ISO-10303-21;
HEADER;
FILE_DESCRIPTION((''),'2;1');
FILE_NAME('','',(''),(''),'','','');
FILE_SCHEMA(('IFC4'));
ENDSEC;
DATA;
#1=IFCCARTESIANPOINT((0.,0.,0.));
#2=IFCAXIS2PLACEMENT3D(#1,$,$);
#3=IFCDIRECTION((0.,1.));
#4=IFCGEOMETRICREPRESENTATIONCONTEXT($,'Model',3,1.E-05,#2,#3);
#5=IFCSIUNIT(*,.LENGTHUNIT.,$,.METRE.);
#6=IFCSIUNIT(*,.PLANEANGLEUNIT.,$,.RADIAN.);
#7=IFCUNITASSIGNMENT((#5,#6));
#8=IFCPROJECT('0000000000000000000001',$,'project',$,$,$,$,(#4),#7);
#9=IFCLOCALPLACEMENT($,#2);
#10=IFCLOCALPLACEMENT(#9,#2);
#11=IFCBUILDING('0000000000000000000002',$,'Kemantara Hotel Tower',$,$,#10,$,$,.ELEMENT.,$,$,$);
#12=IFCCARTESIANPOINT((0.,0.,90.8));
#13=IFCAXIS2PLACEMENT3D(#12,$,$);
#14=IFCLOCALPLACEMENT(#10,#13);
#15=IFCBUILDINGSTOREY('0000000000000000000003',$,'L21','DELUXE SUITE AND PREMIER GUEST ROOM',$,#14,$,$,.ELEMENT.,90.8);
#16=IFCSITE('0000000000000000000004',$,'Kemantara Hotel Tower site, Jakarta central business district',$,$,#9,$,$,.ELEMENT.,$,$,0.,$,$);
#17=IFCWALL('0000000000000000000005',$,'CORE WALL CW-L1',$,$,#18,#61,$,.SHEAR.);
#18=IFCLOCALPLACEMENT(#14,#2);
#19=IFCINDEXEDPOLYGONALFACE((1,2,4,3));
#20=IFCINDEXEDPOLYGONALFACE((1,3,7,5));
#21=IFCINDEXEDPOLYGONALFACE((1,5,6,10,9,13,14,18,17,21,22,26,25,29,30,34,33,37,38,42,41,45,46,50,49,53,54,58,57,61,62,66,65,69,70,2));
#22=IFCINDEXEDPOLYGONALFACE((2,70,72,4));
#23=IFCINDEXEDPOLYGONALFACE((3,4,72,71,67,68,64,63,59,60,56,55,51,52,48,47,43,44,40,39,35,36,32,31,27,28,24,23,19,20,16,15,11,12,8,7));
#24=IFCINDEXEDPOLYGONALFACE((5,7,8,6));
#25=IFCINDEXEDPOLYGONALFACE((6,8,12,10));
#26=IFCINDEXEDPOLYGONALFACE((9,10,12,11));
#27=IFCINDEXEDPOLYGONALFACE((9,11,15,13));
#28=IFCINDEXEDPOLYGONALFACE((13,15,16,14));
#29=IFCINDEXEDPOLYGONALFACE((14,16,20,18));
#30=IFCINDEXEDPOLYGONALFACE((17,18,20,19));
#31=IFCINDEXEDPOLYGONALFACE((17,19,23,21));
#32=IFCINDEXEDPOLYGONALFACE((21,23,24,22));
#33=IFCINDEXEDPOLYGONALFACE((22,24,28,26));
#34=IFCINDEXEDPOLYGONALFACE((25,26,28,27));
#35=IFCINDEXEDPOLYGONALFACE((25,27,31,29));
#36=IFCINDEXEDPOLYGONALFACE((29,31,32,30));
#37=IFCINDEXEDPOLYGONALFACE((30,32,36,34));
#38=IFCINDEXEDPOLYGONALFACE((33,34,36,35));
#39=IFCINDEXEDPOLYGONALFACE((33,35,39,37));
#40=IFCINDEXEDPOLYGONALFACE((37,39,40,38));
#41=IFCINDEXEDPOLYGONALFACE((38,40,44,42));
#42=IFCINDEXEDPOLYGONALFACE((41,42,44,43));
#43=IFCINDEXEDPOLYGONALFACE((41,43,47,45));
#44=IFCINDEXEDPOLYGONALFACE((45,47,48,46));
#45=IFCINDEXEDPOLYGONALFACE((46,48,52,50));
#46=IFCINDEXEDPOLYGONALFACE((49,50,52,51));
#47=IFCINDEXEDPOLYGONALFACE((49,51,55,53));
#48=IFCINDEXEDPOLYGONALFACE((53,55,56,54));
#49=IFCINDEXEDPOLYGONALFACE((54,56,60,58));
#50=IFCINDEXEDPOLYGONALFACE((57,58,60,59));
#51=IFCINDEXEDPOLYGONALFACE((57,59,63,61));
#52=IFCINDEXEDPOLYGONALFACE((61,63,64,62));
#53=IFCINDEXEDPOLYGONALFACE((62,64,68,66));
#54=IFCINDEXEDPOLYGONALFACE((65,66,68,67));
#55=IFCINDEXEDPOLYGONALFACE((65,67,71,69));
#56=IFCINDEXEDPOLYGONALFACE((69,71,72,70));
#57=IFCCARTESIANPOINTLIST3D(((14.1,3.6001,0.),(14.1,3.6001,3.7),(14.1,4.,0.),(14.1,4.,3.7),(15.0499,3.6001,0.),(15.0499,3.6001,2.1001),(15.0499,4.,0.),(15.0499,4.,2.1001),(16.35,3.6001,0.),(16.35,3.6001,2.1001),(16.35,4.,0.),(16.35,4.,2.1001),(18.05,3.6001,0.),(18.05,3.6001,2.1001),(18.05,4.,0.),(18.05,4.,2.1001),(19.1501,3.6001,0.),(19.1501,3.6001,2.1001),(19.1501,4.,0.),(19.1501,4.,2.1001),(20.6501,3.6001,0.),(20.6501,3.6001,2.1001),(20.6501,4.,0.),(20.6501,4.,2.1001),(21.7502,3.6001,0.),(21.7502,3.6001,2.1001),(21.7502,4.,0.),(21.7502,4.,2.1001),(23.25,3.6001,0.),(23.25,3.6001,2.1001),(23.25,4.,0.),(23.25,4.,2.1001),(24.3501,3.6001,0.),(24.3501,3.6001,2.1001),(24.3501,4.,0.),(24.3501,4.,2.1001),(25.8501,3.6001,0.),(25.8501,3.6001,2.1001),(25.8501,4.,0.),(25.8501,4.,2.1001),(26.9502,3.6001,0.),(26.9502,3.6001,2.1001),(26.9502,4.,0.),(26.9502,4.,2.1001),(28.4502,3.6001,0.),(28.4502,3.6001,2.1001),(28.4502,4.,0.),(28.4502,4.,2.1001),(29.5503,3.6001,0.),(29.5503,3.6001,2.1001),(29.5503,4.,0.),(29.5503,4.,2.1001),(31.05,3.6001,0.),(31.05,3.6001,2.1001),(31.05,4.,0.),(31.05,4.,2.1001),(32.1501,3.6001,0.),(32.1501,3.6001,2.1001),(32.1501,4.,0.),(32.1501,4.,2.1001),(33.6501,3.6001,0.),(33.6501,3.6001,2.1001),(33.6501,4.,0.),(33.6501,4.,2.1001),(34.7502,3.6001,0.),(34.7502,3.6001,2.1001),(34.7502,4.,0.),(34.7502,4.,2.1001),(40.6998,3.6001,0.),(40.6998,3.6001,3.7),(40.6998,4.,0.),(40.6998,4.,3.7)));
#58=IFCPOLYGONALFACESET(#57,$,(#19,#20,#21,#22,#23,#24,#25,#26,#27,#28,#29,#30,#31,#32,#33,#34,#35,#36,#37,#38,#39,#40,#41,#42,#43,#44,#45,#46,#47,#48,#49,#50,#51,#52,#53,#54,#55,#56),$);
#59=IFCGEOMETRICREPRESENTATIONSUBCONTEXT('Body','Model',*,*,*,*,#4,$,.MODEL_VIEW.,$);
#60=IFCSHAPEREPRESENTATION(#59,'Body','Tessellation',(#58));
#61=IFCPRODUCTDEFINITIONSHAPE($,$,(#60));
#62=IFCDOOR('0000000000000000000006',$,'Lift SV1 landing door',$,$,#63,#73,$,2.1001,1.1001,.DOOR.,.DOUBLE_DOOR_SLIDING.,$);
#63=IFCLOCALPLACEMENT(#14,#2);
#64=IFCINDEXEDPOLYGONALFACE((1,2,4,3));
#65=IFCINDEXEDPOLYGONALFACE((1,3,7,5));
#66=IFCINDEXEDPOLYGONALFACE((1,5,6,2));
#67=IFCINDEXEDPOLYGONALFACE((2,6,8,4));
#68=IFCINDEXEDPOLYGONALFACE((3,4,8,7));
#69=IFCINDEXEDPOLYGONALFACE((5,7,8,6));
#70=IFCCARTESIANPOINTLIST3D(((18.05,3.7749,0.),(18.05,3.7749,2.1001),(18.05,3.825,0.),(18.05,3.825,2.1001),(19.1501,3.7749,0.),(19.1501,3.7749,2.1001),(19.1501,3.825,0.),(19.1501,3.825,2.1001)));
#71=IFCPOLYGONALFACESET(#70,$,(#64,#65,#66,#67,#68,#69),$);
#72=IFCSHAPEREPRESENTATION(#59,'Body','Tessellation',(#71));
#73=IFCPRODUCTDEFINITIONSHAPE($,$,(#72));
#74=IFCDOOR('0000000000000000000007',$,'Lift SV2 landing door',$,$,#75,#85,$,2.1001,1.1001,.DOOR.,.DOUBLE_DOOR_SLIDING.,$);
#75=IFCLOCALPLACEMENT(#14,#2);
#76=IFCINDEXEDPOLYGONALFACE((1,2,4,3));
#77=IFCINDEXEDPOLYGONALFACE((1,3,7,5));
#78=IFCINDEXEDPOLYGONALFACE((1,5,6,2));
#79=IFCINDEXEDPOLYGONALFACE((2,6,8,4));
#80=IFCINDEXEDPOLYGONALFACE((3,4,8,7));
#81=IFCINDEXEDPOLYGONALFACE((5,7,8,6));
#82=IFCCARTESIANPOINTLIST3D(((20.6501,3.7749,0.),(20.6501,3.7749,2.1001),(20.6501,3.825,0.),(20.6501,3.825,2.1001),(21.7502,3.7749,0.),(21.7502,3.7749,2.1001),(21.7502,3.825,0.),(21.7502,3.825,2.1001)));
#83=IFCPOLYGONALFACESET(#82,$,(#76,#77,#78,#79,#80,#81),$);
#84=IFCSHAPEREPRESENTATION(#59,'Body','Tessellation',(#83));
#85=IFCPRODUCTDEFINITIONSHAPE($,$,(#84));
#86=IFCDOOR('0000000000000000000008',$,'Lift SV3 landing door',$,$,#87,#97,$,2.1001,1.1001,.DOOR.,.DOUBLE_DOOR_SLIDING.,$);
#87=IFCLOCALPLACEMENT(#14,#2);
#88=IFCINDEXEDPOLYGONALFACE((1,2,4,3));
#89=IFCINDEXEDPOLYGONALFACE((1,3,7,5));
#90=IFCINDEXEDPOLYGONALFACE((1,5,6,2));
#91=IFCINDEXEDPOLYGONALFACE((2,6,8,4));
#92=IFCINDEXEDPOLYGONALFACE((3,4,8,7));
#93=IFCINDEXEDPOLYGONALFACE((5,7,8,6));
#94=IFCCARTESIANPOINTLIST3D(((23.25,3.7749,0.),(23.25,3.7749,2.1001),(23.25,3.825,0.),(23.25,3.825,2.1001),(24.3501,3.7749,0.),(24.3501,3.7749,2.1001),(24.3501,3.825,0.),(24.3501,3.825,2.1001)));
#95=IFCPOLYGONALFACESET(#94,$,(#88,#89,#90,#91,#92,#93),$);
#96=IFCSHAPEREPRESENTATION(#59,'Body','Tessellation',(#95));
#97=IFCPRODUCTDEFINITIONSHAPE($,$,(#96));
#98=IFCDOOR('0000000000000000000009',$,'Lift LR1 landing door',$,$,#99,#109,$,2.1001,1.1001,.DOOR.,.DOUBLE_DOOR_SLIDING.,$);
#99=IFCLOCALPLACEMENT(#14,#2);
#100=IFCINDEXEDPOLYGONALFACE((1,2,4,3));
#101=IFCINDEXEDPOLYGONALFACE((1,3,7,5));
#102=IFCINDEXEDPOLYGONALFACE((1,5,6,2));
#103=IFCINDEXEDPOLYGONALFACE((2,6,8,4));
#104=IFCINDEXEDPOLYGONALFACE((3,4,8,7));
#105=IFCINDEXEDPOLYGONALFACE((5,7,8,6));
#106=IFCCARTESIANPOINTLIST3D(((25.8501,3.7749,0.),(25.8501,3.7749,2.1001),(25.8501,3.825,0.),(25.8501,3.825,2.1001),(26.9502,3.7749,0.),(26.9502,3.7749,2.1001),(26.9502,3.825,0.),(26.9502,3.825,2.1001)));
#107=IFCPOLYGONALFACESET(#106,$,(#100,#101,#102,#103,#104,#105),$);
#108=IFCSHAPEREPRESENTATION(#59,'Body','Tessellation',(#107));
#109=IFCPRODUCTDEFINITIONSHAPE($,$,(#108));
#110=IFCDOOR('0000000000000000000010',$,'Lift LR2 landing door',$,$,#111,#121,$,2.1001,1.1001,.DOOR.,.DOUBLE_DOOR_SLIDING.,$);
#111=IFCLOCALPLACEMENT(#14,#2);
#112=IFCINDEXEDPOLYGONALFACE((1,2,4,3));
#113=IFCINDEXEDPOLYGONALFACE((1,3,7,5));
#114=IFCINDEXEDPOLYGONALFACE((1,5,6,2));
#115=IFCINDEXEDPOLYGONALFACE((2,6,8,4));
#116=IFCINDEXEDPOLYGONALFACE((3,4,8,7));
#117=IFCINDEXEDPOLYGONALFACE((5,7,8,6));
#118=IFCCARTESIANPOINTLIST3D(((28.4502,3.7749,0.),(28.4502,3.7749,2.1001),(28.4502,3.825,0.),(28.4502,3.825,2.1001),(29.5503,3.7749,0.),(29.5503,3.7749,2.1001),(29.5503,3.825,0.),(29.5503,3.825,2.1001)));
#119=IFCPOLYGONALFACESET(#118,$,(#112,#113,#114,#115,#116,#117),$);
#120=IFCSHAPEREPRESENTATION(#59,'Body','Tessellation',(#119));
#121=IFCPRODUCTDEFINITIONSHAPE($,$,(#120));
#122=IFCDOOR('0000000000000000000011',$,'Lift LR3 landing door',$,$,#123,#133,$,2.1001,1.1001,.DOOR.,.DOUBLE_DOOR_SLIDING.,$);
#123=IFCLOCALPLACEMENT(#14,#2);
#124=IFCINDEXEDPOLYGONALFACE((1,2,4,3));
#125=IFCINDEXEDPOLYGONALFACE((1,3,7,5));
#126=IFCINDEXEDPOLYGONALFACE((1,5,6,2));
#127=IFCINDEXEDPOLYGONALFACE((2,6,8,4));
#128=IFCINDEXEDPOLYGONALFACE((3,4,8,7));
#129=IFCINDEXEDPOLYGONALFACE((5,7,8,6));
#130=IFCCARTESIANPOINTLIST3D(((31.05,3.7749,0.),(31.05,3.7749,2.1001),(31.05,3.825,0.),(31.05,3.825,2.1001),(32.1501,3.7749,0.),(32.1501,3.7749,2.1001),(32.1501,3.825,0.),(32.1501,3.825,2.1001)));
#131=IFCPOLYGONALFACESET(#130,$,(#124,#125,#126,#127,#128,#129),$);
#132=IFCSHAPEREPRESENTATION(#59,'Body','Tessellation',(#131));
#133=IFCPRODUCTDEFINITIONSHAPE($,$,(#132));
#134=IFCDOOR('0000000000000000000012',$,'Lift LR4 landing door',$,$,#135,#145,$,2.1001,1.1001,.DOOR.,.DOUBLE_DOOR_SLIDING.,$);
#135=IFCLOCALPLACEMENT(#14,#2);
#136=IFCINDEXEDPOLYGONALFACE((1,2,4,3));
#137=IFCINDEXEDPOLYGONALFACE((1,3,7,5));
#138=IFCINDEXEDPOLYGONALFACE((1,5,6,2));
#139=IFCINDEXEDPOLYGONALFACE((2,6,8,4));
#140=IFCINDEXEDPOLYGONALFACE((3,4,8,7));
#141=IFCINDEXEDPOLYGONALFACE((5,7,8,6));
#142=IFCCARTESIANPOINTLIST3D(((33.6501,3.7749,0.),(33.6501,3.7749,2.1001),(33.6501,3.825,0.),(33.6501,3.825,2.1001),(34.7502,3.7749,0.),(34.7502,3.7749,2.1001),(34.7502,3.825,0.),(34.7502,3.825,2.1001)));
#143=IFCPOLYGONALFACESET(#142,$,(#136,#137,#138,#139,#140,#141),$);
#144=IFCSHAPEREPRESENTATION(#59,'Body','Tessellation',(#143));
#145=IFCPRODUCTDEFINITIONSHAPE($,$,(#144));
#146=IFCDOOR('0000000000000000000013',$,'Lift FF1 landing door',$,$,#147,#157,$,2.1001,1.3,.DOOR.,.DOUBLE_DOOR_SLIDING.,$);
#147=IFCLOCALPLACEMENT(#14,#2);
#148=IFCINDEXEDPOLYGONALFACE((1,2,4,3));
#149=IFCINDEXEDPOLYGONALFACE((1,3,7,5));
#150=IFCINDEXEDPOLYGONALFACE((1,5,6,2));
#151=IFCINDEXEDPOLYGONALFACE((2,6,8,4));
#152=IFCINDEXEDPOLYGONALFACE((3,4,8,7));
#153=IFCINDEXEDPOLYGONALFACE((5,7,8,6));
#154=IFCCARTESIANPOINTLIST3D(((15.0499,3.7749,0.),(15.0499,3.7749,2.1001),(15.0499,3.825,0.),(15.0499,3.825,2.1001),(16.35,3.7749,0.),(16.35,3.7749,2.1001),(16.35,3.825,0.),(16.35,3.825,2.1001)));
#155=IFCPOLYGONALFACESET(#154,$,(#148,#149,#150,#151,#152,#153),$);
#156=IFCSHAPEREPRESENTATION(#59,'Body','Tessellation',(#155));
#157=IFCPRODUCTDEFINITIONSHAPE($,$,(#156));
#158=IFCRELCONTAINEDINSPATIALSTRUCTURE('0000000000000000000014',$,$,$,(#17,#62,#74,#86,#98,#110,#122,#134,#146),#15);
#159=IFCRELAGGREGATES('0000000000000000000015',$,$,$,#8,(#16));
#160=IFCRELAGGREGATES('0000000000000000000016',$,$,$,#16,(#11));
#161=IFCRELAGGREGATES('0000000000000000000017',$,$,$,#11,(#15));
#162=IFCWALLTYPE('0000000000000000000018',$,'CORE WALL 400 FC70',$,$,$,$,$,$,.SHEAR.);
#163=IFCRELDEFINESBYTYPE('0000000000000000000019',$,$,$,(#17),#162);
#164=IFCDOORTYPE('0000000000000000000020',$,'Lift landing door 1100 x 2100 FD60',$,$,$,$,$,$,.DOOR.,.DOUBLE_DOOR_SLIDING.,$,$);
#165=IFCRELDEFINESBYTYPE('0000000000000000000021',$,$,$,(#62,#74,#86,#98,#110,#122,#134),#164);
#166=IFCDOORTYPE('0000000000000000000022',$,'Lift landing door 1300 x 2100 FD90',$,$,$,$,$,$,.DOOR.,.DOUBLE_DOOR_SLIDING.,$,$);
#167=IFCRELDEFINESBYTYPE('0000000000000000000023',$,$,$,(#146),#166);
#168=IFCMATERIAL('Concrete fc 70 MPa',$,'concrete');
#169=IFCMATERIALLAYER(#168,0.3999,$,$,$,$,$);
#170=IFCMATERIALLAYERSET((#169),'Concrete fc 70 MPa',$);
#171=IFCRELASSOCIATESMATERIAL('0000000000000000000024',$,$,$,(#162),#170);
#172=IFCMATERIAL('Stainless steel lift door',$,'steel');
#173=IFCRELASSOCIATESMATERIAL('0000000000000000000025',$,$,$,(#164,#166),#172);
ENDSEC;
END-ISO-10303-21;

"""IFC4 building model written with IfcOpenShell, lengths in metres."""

from ifc_helpers import new_model, si_unit, direction, frame, frame_2d, origin, place, context, subcontext, project, spatial, rectangle, extrude, material, layer, layer_set, type_object, element, fill, save


model = new_model("IFC4")

# Units and contexts
model_context = context("Model", 3, precision=1e-05, world=origin(), true_north=direction((0.0, 1.0)))
body_context = subcontext(model_context, "Body", "Model", "MODEL_VIEW")
ifc_project = project(units=[si_unit("LENGTHUNIT", "METRE"), si_unit("PLANEANGLEUNIT", "RADIAN")], contexts=[model_context])

# Site, building, storey
site_placement = place(None, origin())
site = spatial("IfcSite", under=ifc_project, at=site_placement, Name="Kemantara Hotel Tower site, Jakarta central business district", CompositionType="ELEMENT", RefElevation=0.0)
building_placement = place(site_placement, origin())
building = spatial("IfcBuilding", under=site, at=building_placement, Name="Kemantara Hotel Tower", CompositionType="ELEMENT")
storey_placement = place(building_placement, frame((0.0, 0.0, 90.8)))
storey = spatial("IfcBuildingStorey", under=building, at=storey_placement, Name="L21", Description="DELUXE SUITE AND PREMIER GUEST ROOM", CompositionType="ELEMENT", Elevation=90.8)

# Wall, openings, doors
ifc_material_1 = material(Name="Concrete fc 70 MPa", Category="concrete")
ifc_layer_1 = layer(ifc_material_1, 0.3999)
ifc_layer_set_1 = layer_set([ifc_layer_1], Name="Concrete fc 70 MPa")
wall_type_1 = type_object("IfcWallType", Name="CORE WALL 400 FC70", PredefinedType="SHEAR", material=ifc_layer_set_1)
wall_1_placement = place(storey_placement, frame((14.1001, 3.8, 0.0), z_axis=(0.0, 0.0, 1.0), x_axis=(1.0, 0.0, 0.0)))
wall_1 = element("IfcWall", 1, at=wall_1_placement, inside=storey, type_object=wall_type_1, Name="CORE WALL CW-L1", PredefinedType="SHEAR", context=body_context, shape_type="SweptSolid", body=[
    extrude(rectangle(XDim=26.5999, YDim=0.3999, at=frame_2d((13.2998, 0.0))), origin(), (0.0, 0.0, 1.0), 3.7),
])
opening_1_placement = place(wall_1_placement, frame((0.95, 0.0, 0.0)))
opening_1 = element("IfcOpeningElement", 2, at=opening_1_placement, cuts=wall_1, PredefinedType="OPENING", context=body_context, shape_type="SweptSolid", body=[
    extrude(rectangle(XDim=1.3, YDim=2.1001, at=frame_2d((0.6499, 1.05))), frame((0.0, 0.21, 0.0), z_axis=(0.0, -1.0, 0.0), x_axis=(1.0, 0.0, 0.0)), (0.0, 0.0, 1.0), 0.4199),
])
opening_2_placement = place(wall_1_placement, frame((3.95, 0.0, 0.0)))
opening_2 = element("IfcOpeningElement", 3, at=opening_2_placement, cuts=wall_1, PredefinedType="OPENING", context=body_context, shape_type="SweptSolid", body=[
    extrude(rectangle(XDim=1.1001, YDim=2.1001, at=frame_2d((0.55, 1.05))), frame((0.0, 0.21, 0.0), z_axis=(0.0, -1.0, 0.0), x_axis=(1.0, 0.0, 0.0)), (0.0, 0.0, 1.0), 0.4199),
])
opening_3_placement = place(wall_1_placement, frame((6.55, 0.0, 0.0)))
opening_3 = element("IfcOpeningElement", 4, at=opening_3_placement, cuts=wall_1, PredefinedType="OPENING", context=body_context, shape_type="SweptSolid", body=[
    extrude(rectangle(XDim=1.1001, YDim=2.1001, at=frame_2d((0.55, 1.05))), frame((0.0, 0.21, 0.0), z_axis=(0.0, -1.0, 0.0), x_axis=(1.0, 0.0, 0.0)), (0.0, 0.0, 1.0), 0.4199),
])
opening_4_placement = place(wall_1_placement, frame((9.1499, 0.0, 0.0)))
opening_4 = element("IfcOpeningElement", 5, at=opening_4_placement, cuts=wall_1, PredefinedType="OPENING", context=body_context, shape_type="SweptSolid", body=[
    extrude(rectangle(XDim=1.1001, YDim=2.1001, at=frame_2d((0.55, 1.05))), frame((0.0, 0.21, 0.0), z_axis=(0.0, -1.0, 0.0), x_axis=(1.0, 0.0, 0.0)), (0.0, 0.0, 1.0), 0.4199),
])
opening_5_placement = place(wall_1_placement, frame((11.75, 0.0, 0.0)))
opening_5 = element("IfcOpeningElement", 6, at=opening_5_placement, cuts=wall_1, PredefinedType="OPENING", context=body_context, shape_type="SweptSolid", body=[
    extrude(rectangle(XDim=1.1001, YDim=2.1001, at=frame_2d((0.55, 1.05))), frame((0.0, 0.21, 0.0), z_axis=(0.0, -1.0, 0.0), x_axis=(1.0, 0.0, 0.0)), (0.0, 0.0, 1.0), 0.4199),
])
opening_6_placement = place(wall_1_placement, frame((14.3501, 0.0, 0.0)))
opening_6 = element("IfcOpeningElement", 7, at=opening_6_placement, cuts=wall_1, PredefinedType="OPENING", context=body_context, shape_type="SweptSolid", body=[
    extrude(rectangle(XDim=1.1001, YDim=2.1001, at=frame_2d((0.55, 1.05))), frame((0.0, 0.21, 0.0), z_axis=(0.0, -1.0, 0.0), x_axis=(1.0, 0.0, 0.0)), (0.0, 0.0, 1.0), 0.4199),
])
opening_7_placement = place(wall_1_placement, frame((16.95, 0.0, 0.0)))
opening_7 = element("IfcOpeningElement", 8, at=opening_7_placement, cuts=wall_1, PredefinedType="OPENING", context=body_context, shape_type="SweptSolid", body=[
    extrude(rectangle(XDim=1.1001, YDim=2.1001, at=frame_2d((0.55, 1.05))), frame((0.0, 0.21, 0.0), z_axis=(0.0, -1.0, 0.0), x_axis=(1.0, 0.0, 0.0)), (0.0, 0.0, 1.0), 0.4199),
])
opening_8_placement = place(wall_1_placement, frame((19.55, 0.0, 0.0)))
opening_8 = element("IfcOpeningElement", 9, at=opening_8_placement, cuts=wall_1, PredefinedType="OPENING", context=body_context, shape_type="SweptSolid", body=[
    extrude(rectangle(XDim=1.1001, YDim=2.1001, at=frame_2d((0.55, 1.05))), frame((0.0, 0.21, 0.0), z_axis=(0.0, -1.0, 0.0), x_axis=(1.0, 0.0, 0.0)), (0.0, 0.0, 1.0), 0.4199),
])
ifc_material_2 = material(Name="Stainless steel lift door", Category="steel")
door_type_1 = type_object("IfcDoorType", Name="Lift landing door 1100 x 2100 FD60", OperationType="DOUBLE_DOOR_SLIDING", PredefinedType="DOOR", material=ifc_material_2)
door_1_placement = place(opening_2_placement, origin())
door_1 = element("IfcDoor", 10, at=door_1_placement, inside=storey, type_object=door_type_1, Name="Lift SV1 landing door", OperationType="DOUBLE_DOOR_SLIDING", OverallHeight=2.1001, OverallWidth=1.1001, PredefinedType="DOOR", context=body_context, shape_type="SweptSolid", body=[
    extrude(rectangle(XDim=1.1001, YDim=2.1001, at=frame_2d((0.55, 1.05))), frame((0.0, 0.0249, 0.0), z_axis=(0.0, -1.0, 0.0), x_axis=(1.0, 0.0, 0.0)), (0.0, 0.0, 1.0), 0.05),
])
fill(opening_2, door_1)
door_2_placement = place(opening_3_placement, origin())
door_2 = element("IfcDoor", 11, at=door_2_placement, inside=storey, type_object=door_type_1, Name="Lift SV2 landing door", OperationType="DOUBLE_DOOR_SLIDING", OverallHeight=2.1001, OverallWidth=1.1001, PredefinedType="DOOR", context=body_context, shape_type="SweptSolid", body=[
    extrude(rectangle(XDim=1.1001, YDim=2.1001, at=frame_2d((0.55, 1.05))), frame((0.0, 0.0249, 0.0), z_axis=(0.0, -1.0, 0.0), x_axis=(1.0, 0.0, 0.0)), (0.0, 0.0, 1.0), 0.05),
])
fill(opening_3, door_2)
door_3_placement = place(opening_4_placement, origin())
door_3 = element("IfcDoor", 12, at=door_3_placement, inside=storey, type_object=door_type_1, Name="Lift SV3 landing door", OperationType="DOUBLE_DOOR_SLIDING", OverallHeight=2.1001, OverallWidth=1.1001, PredefinedType="DOOR", context=body_context, shape_type="SweptSolid", body=[
    extrude(rectangle(XDim=1.1001, YDim=2.1001, at=frame_2d((0.55, 1.05))), frame((0.0, 0.0249, 0.0), z_axis=(0.0, -1.0, 0.0), x_axis=(1.0, 0.0, 0.0)), (0.0, 0.0, 1.0), 0.05),
])
fill(opening_4, door_3)
door_4_placement = place(opening_5_placement, origin())
door_4 = element("IfcDoor", 13, at=door_4_placement, inside=storey, type_object=door_type_1, Name="Lift LR1 landing door", OperationType="DOUBLE_DOOR_SLIDING", OverallHeight=2.1001, OverallWidth=1.1001, PredefinedType="DOOR", context=body_context, shape_type="SweptSolid", body=[
    extrude(rectangle(XDim=1.1001, YDim=2.1001, at=frame_2d((0.55, 1.05))), frame((0.0, 0.0249, 0.0), z_axis=(0.0, -1.0, 0.0), x_axis=(1.0, 0.0, 0.0)), (0.0, 0.0, 1.0), 0.05),
])
fill(opening_5, door_4)
door_5_placement = place(opening_6_placement, origin())
door_5 = element("IfcDoor", 14, at=door_5_placement, inside=storey, type_object=door_type_1, Name="Lift LR2 landing door", OperationType="DOUBLE_DOOR_SLIDING", OverallHeight=2.1001, OverallWidth=1.1001, PredefinedType="DOOR", context=body_context, shape_type="SweptSolid", body=[
    extrude(rectangle(XDim=1.1001, YDim=2.1001, at=frame_2d((0.55, 1.05))), frame((0.0, 0.0249, 0.0), z_axis=(0.0, -1.0, 0.0), x_axis=(1.0, 0.0, 0.0)), (0.0, 0.0, 1.0), 0.05),
])
fill(opening_6, door_5)
door_6_placement = place(opening_7_placement, origin())
door_6 = element("IfcDoor", 15, at=door_6_placement, inside=storey, type_object=door_type_1, Name="Lift LR3 landing door", OperationType="DOUBLE_DOOR_SLIDING", OverallHeight=2.1001, OverallWidth=1.1001, PredefinedType="DOOR", context=body_context, shape_type="SweptSolid", body=[
    extrude(rectangle(XDim=1.1001, YDim=2.1001, at=frame_2d((0.55, 1.05))), frame((0.0, 0.0249, 0.0), z_axis=(0.0, -1.0, 0.0), x_axis=(1.0, 0.0, 0.0)), (0.0, 0.0, 1.0), 0.05),
])
fill(opening_7, door_6)
door_7_placement = place(opening_8_placement, origin())
door_7 = element("IfcDoor", 16, at=door_7_placement, inside=storey, type_object=door_type_1, Name="Lift LR4 landing door", OperationType="DOUBLE_DOOR_SLIDING", OverallHeight=2.1001, OverallWidth=1.1001, PredefinedType="DOOR", context=body_context, shape_type="SweptSolid", body=[
    extrude(rectangle(XDim=1.1001, YDim=2.1001, at=frame_2d((0.55, 1.05))), frame((0.0, 0.0249, 0.0), z_axis=(0.0, -1.0, 0.0), x_axis=(1.0, 0.0, 0.0)), (0.0, 0.0, 1.0), 0.05),
])
fill(opening_8, door_7)
door_type_2 = type_object("IfcDoorType", Name="Lift landing door 1300 x 2100 FD90", OperationType="DOUBLE_DOOR_SLIDING", PredefinedType="DOOR", material=ifc_material_2)
door_8_placement = place(opening_1_placement, origin())
door_8 = element("IfcDoor", 17, at=door_8_placement, inside=storey, type_object=door_type_2, Name="Lift FF1 landing door", OperationType="DOUBLE_DOOR_SLIDING", OverallHeight=2.1001, OverallWidth=1.3, PredefinedType="DOOR", context=body_context, shape_type="SweptSolid", body=[
    extrude(rectangle(XDim=1.3, YDim=2.1001, at=frame_2d((0.6499, 1.05))), frame((0.0, 0.0249, 0.0), z_axis=(0.0, -1.0, 0.0), x_axis=(1.0, 0.0, 0.0)), (0.0, 0.0, 1.0), 0.05),
])
fill(opening_1, door_8)

save(model, "model.ifc")
